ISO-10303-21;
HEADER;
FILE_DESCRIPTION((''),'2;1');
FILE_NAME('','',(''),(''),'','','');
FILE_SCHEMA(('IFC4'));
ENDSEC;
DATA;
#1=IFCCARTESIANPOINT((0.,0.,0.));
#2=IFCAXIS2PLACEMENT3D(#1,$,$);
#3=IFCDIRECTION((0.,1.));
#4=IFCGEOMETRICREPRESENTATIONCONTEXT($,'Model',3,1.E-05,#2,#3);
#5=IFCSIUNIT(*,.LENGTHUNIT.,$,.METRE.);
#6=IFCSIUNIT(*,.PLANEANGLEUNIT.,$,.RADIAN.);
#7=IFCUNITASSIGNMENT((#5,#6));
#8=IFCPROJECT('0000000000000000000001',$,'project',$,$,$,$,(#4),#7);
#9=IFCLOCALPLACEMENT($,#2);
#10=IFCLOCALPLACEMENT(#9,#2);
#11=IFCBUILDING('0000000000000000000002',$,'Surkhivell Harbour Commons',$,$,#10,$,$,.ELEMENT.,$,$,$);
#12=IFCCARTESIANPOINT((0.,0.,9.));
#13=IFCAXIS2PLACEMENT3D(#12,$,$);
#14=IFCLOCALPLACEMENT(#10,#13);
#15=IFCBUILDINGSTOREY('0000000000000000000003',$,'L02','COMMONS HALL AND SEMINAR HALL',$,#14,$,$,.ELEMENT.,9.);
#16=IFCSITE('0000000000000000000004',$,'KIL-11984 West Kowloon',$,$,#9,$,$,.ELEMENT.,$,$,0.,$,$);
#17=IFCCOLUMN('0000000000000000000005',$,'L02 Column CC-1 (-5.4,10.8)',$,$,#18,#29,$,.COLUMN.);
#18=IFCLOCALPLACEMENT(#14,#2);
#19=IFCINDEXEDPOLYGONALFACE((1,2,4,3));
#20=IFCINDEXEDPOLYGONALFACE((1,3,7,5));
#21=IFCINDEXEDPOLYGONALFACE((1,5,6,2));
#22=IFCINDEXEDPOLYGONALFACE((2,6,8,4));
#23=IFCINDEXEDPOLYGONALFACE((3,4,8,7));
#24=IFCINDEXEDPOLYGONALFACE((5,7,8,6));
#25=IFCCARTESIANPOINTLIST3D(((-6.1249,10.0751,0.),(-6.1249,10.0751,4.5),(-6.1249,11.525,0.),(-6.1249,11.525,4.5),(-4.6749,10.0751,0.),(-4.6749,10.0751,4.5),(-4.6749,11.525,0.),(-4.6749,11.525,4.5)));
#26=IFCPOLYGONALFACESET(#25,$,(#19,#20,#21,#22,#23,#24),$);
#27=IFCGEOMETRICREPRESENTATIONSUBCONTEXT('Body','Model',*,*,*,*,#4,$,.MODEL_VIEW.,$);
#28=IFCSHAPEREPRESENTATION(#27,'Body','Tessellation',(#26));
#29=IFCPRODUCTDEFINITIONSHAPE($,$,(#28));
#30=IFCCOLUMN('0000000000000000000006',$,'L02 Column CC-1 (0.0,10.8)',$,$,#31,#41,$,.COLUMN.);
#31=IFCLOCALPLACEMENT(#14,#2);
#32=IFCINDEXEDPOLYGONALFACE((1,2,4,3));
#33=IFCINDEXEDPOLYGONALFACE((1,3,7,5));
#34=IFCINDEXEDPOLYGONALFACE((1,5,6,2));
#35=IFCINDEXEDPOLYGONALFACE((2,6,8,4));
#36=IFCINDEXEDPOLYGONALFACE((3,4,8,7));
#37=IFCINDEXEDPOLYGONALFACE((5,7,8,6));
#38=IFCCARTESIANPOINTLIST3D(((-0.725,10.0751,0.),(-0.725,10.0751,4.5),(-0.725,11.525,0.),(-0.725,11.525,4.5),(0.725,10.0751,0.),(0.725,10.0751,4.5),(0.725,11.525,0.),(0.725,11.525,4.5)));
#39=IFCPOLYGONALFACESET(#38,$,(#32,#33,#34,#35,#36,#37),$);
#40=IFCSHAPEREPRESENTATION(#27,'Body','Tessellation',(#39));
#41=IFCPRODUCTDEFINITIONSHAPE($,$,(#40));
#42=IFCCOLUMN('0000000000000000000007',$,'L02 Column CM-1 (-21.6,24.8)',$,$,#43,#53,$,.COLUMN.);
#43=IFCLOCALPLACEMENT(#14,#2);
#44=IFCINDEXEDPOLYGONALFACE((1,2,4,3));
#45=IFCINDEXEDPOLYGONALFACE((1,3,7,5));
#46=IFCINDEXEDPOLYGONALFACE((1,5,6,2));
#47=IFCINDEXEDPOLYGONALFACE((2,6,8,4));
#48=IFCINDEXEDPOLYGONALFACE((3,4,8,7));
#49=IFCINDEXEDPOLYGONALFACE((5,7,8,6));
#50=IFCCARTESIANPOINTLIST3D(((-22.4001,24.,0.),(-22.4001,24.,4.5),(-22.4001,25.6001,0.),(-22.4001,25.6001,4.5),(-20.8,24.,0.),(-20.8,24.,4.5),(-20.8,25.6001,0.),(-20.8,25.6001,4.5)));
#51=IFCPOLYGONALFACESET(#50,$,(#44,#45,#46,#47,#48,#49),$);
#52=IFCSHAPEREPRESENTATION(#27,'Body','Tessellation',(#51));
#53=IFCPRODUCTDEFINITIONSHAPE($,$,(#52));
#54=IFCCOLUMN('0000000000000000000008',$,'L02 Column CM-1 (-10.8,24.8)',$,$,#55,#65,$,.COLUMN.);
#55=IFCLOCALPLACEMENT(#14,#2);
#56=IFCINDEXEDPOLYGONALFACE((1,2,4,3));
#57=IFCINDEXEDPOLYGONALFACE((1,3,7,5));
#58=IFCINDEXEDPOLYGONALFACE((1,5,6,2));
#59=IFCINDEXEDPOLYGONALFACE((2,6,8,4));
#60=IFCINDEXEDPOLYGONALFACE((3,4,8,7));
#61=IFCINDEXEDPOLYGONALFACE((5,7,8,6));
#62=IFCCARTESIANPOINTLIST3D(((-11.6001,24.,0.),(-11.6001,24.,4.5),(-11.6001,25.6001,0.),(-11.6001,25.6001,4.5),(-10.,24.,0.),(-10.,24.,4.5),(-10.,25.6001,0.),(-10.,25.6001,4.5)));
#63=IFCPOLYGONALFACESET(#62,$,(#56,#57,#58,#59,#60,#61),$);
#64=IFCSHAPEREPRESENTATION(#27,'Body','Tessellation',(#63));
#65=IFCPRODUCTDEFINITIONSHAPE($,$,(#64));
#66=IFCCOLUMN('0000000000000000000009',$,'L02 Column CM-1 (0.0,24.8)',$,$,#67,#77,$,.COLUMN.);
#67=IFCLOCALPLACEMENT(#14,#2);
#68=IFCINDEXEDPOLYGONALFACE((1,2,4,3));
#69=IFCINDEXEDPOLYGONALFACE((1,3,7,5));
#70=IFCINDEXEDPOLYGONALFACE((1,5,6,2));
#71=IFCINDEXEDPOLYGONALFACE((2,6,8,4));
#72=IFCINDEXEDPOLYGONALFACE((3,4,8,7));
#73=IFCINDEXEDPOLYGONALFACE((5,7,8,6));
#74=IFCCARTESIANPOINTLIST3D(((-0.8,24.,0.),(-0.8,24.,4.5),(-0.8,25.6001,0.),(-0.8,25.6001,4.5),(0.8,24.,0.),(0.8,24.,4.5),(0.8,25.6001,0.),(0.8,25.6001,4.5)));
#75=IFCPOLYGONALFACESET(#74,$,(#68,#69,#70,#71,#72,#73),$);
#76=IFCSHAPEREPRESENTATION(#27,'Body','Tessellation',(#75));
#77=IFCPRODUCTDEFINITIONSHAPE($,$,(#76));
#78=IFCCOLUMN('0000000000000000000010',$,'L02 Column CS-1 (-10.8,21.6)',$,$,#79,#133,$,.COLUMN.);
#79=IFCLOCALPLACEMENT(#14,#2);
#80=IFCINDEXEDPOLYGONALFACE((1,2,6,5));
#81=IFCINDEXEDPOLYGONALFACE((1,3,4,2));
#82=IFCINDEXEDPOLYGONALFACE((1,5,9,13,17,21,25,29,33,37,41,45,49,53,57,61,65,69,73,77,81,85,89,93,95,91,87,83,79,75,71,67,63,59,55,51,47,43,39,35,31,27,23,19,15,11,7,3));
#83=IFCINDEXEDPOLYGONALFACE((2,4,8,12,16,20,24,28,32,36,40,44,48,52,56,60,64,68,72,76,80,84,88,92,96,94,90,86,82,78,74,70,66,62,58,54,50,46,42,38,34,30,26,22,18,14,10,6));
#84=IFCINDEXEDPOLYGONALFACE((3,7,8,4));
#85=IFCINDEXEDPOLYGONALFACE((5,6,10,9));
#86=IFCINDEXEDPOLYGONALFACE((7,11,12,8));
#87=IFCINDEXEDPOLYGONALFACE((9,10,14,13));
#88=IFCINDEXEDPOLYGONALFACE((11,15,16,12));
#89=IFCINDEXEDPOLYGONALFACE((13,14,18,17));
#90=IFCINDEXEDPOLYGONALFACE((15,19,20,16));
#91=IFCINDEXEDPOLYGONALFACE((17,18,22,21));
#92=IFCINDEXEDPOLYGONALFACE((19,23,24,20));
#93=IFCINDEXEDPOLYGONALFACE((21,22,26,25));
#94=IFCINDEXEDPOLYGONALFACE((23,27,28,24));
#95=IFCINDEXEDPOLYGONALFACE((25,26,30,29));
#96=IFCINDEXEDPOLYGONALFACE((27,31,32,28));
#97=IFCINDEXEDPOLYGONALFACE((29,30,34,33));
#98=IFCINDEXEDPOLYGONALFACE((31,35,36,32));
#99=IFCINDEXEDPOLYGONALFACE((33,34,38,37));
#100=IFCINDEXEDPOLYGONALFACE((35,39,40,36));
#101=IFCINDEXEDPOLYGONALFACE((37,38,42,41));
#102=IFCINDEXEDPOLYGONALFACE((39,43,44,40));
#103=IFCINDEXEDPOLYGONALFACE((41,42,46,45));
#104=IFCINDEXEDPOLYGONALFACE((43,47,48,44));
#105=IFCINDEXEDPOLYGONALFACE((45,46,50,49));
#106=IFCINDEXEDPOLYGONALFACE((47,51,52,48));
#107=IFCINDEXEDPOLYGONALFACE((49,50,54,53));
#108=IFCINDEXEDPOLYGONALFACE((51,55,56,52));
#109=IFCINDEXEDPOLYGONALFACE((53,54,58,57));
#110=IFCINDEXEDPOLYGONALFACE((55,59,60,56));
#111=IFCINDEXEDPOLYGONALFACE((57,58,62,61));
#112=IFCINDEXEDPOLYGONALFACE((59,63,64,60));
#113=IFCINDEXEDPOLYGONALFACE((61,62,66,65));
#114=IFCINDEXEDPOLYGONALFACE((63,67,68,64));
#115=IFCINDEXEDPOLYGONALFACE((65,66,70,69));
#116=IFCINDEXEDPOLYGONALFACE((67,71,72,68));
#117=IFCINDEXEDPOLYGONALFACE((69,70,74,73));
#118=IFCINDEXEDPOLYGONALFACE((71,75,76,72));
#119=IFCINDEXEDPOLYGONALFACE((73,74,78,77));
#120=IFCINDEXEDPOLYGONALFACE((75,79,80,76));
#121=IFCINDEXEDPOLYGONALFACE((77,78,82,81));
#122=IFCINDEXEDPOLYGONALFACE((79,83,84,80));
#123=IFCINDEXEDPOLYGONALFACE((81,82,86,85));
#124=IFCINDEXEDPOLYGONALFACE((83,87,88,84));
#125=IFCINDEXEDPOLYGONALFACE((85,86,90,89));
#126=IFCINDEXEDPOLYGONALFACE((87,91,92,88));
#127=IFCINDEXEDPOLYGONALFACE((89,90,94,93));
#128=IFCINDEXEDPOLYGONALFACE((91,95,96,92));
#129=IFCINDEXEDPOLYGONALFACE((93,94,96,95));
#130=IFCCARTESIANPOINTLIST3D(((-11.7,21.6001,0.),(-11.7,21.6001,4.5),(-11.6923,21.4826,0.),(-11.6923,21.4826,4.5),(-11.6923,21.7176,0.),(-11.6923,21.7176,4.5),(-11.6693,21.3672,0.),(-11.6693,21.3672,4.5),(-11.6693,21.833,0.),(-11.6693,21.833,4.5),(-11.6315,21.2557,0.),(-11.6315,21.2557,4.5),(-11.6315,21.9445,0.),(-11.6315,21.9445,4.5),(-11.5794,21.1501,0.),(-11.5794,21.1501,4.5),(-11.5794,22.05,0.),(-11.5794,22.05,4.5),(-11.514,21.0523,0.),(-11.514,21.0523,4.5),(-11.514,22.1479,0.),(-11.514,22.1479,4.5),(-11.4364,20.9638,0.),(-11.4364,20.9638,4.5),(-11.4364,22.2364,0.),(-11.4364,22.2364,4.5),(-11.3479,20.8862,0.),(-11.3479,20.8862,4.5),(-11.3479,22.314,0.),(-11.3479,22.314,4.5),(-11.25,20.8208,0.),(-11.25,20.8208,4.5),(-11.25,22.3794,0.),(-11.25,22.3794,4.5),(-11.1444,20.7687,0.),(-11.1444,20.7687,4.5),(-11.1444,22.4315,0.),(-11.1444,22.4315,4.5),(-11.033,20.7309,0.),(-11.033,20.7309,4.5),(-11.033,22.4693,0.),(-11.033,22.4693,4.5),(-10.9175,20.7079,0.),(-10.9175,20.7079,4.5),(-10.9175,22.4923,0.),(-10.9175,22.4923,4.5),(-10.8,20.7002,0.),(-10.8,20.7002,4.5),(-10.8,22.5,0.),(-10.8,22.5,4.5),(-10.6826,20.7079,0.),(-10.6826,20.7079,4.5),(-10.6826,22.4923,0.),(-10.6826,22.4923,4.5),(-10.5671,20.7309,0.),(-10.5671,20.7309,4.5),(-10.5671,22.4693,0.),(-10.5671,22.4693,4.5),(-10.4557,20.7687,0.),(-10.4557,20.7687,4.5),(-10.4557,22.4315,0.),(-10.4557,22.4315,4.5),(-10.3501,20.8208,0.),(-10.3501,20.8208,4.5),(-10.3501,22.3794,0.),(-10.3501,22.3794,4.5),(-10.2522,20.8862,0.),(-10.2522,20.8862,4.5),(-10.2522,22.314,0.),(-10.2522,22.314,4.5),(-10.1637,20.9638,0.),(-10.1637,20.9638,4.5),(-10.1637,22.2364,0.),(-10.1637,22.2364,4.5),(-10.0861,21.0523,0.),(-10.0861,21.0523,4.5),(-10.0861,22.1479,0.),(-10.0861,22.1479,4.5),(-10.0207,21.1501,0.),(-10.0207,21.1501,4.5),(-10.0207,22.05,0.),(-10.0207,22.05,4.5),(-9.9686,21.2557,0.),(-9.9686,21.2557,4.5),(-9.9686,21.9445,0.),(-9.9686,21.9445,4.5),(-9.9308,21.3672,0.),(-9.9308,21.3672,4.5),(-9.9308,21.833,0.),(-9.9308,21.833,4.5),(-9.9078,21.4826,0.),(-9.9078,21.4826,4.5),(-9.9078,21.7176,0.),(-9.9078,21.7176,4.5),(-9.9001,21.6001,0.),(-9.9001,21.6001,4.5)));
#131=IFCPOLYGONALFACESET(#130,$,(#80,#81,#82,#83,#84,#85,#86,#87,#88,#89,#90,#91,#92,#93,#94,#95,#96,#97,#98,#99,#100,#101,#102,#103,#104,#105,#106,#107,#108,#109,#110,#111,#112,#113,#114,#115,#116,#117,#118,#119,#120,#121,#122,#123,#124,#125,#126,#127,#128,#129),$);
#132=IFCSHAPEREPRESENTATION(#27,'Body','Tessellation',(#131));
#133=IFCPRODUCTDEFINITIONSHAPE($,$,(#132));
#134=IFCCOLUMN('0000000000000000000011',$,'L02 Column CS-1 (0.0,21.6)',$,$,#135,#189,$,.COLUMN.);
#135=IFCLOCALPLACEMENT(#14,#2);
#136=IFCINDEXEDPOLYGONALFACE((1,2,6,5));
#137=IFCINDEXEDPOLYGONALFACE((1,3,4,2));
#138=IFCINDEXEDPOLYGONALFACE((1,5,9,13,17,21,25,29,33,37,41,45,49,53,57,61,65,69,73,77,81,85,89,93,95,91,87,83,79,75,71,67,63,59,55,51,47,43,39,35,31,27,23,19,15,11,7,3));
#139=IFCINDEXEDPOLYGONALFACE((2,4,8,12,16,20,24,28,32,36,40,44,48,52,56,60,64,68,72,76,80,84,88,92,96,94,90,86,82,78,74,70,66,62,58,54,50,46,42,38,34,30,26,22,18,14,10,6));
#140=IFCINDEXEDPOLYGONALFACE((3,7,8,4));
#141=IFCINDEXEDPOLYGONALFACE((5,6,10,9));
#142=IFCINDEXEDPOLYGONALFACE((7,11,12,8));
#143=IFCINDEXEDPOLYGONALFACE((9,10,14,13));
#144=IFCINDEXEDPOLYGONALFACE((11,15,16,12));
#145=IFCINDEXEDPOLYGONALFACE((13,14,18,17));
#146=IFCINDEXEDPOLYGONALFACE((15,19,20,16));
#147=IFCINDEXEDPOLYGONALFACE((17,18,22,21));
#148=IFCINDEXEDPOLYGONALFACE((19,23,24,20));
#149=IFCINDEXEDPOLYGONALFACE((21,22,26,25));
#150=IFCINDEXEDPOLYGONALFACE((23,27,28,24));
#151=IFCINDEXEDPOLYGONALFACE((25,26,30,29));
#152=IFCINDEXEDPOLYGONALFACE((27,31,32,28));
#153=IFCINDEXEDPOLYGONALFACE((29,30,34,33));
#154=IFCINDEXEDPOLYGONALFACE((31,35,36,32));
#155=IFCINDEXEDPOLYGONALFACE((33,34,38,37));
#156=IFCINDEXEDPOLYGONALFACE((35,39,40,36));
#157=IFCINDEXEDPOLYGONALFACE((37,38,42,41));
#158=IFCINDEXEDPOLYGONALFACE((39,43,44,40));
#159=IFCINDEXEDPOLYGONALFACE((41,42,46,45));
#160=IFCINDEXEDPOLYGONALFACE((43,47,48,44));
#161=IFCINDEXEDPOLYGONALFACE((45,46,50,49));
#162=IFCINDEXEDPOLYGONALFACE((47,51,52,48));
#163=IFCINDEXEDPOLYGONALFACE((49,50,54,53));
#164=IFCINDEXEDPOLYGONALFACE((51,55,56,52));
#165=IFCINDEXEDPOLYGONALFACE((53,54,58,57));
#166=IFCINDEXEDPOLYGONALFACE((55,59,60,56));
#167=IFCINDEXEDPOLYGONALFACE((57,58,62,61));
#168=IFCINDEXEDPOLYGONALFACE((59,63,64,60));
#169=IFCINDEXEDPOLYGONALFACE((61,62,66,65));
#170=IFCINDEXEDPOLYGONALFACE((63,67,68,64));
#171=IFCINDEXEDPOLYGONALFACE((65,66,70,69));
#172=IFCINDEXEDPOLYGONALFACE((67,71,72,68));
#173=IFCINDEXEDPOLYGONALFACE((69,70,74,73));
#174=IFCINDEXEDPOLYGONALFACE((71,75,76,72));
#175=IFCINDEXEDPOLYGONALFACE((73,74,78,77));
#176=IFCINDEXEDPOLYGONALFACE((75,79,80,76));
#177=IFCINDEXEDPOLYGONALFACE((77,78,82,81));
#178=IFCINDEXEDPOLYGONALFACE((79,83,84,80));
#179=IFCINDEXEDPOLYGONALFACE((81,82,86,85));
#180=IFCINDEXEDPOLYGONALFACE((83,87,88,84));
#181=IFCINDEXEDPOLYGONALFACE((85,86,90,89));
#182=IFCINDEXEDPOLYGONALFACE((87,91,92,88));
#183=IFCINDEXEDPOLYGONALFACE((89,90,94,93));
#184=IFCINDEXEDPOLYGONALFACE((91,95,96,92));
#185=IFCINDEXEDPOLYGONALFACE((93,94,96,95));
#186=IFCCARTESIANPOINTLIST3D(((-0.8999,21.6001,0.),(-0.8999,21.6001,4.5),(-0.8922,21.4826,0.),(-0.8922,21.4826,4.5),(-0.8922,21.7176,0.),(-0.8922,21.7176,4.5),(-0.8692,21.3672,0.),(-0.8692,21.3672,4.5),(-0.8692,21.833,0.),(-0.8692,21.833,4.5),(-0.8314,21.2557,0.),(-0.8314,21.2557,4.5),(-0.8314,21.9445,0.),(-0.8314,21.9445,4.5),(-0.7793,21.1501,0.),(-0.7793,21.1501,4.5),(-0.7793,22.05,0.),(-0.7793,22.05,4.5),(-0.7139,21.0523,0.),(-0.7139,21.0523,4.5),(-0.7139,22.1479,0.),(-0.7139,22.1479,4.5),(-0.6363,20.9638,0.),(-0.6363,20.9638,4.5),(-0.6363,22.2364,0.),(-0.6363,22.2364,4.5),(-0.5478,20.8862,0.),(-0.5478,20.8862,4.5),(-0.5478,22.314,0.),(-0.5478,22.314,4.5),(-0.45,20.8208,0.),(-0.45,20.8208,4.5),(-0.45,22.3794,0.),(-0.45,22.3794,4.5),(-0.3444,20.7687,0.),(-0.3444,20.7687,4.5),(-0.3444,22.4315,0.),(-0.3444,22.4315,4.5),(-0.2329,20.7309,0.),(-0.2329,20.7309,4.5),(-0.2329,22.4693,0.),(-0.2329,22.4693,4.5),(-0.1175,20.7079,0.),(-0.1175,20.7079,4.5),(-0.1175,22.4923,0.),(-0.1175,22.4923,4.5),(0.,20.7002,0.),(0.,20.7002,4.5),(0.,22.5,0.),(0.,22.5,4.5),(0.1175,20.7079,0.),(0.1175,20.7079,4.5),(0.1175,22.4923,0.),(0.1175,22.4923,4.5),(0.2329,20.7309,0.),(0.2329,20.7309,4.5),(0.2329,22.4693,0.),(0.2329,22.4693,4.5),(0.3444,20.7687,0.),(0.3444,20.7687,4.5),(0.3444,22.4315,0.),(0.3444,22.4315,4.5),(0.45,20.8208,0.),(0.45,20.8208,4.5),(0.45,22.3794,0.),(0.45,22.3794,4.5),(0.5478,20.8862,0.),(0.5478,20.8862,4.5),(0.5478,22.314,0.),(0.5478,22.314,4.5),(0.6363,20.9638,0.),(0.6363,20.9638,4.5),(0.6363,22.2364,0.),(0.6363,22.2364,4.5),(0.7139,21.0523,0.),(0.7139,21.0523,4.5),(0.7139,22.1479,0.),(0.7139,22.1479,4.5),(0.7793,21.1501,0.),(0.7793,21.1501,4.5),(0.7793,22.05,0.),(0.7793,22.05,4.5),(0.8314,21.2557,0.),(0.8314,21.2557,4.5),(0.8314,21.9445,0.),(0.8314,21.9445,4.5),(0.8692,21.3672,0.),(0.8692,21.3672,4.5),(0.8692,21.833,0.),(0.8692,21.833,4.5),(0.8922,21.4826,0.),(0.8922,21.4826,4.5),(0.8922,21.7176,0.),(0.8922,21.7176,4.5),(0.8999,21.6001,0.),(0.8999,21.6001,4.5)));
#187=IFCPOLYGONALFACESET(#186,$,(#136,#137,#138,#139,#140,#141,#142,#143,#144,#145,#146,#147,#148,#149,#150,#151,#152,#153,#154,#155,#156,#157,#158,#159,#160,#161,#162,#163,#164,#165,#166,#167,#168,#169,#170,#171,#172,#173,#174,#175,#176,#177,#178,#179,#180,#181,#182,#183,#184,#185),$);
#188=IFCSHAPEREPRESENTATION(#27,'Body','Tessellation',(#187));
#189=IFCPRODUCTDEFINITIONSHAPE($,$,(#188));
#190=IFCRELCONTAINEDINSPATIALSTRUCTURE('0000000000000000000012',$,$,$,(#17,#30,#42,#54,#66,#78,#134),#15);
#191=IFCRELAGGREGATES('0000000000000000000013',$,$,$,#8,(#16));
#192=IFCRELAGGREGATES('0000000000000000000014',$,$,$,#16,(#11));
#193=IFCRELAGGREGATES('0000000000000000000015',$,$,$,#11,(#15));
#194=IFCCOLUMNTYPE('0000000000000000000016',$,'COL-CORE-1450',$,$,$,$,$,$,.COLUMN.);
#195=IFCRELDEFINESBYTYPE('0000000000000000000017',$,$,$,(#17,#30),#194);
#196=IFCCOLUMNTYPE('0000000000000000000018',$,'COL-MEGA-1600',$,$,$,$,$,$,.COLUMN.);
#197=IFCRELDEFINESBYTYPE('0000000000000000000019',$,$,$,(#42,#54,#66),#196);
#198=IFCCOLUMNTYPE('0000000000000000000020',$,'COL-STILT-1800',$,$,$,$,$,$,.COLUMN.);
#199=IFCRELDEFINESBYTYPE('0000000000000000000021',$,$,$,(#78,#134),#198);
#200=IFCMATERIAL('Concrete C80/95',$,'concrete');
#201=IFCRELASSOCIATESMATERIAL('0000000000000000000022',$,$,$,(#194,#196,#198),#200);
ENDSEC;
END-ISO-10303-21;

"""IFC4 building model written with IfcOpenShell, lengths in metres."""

from ifc_helpers import new_model, si_unit, direction, frame, origin, origin_2d, place, context, subcontext, project, spatial, rectangle, circle, extrude, material, material_profile, profile_set, type_object, element, save


model = new_model("IFC4")

# Units and contexts
model_context = context("Model", 3, precision=1e-05, world=origin(), true_north=direction((0.0, 1.0)))
body_context = subcontext(model_context, "Body", "Model", "MODEL_VIEW")
ifc_project = project(units=[si_unit("LENGTHUNIT", "METRE"), si_unit("PLANEANGLEUNIT", "RADIAN")], contexts=[model_context])

# Site, building, storey
site_placement = place(None, origin())
site = spatial("IfcSite", under=ifc_project, at=site_placement, Name="KIL-11984 West Kowloon", CompositionType="ELEMENT", RefElevation=0.0)
building_placement = place(site_placement, origin())
building = spatial("IfcBuilding", under=site, at=building_placement, Name="Surkhivell Harbour Commons", CompositionType="ELEMENT")
storey_placement = place(building_placement, frame((0.0, 0.0, 9.0)))
storey = spatial("IfcBuildingStorey", under=building, at=storey_placement, Name="L02", Description="COMMONS HALL AND SEMINAR HALL", CompositionType="ELEMENT", Elevation=9.0)

# Columns
ifc_material_1 = material(Name="Concrete C80/95", Category="concrete")
ifc_material_profile_1 = material_profile(ifc_material_1, rectangle(XDim=1.45, YDim=1.45, at=origin_2d()), Name="RC-COL-1450x1450")
ifc_profile_set_1 = profile_set([ifc_material_profile_1], Name="Concrete C80/95")
column_type_1 = type_object("IfcColumnType", Name="COL-CORE-1450", PredefinedType="COLUMN", material=ifc_profile_set_1)
for number, where, z_axis, x_axis, name in (
    (1, (-5.3999, 10.8, 0.0), (0.0, 0.0, 1.0), (1.0, 0.0, 0.0), "L02 Column CC-1 (-5.4,10.8)"),
    (2, (0.0, 10.8, 0.0), (0.0, 0.0, 1.0), (1.0, 0.0, 0.0), "L02 Column CC-1 (0.0,10.8)"),
):
    element("IfcColumn", number, at=place(storey_placement, frame(where, z_axis=z_axis, x_axis=x_axis)), inside=storey, type_object=column_type_1, Name=name, PredefinedType="COLUMN", context=body_context, shape_type="SweptSolid", body=[
        extrude(rectangle(XDim=1.45, YDim=1.45, at=origin_2d()), origin(), (0.0, 0.0, 1.0), 4.5),
    ])
ifc_material_profile_2 = material_profile(ifc_material_1, rectangle(XDim=1.6001, YDim=1.6001, at=origin_2d()), Name="RC-COL-1600x1600")
ifc_profile_set_2 = profile_set([ifc_material_profile_2], Name="Concrete C80/95")
column_type_2 = type_object("IfcColumnType", Name="COL-MEGA-1600", PredefinedType="COLUMN", material=ifc_profile_set_2)
for number, where, z_axis, x_axis, name in (
    (3, (-21.6001, 24.8, 0.0), (0.0, 0.0, 1.0), (1.0, 0.0, 0.0), "L02 Column CM-1 (-21.6,24.8)"),
    (4, (-10.8, 24.8, 0.0), (0.0, 0.0, 1.0), (1.0, 0.0, 0.0), "L02 Column CM-1 (-10.8,24.8)"),
    (5, (0.0, 24.8, 0.0), (0.0, 0.0, 1.0), (1.0, 0.0, 0.0), "L02 Column CM-1 (0.0,24.8)"),
):
    element("IfcColumn", number, at=place(storey_placement, frame(where, z_axis=z_axis, x_axis=x_axis)), inside=storey, type_object=column_type_2, Name=name, PredefinedType="COLUMN", context=body_context, shape_type="SweptSolid", body=[
        extrude(rectangle(XDim=1.6001, YDim=1.6001, at=origin_2d()), origin(), (0.0, 0.0, 1.0), 4.5),
    ])
ifc_material_profile_3 = material_profile(ifc_material_1, circle(Radius=0.8999, at=origin_2d()), Name="RC-CIRC-1800")
ifc_profile_set_3 = profile_set([ifc_material_profile_3], Name="Concrete C80/95")
column_type_3 = type_object("IfcColumnType", Name="COL-STILT-1800", PredefinedType="COLUMN", material=ifc_profile_set_3)
for number, where, z_axis, x_axis, name in (
    (6, (-10.8, 21.6001, 0.0), (0.0, 0.0, 1.0), (1.0, 0.0, 0.0), "L02 Column CS-1 (-10.8,21.6)"),
    (7, (0.0, 21.6001, 0.0), (0.0, 0.0, 1.0), (1.0, 0.0, 0.0), "L02 Column CS-1 (0.0,21.6)"),
):
    element("IfcColumn", number, at=place(storey_placement, frame(where, z_axis=z_axis, x_axis=x_axis)), inside=storey, type_object=column_type_3, Name=name, PredefinedType="COLUMN", context=body_context, shape_type="SweptSolid", body=[
        extrude(circle(Radius=0.8999, at=origin_2d()), origin(), (0.0, 0.0, 1.0), 4.5),
    ])

save(model, "model.ifc")
